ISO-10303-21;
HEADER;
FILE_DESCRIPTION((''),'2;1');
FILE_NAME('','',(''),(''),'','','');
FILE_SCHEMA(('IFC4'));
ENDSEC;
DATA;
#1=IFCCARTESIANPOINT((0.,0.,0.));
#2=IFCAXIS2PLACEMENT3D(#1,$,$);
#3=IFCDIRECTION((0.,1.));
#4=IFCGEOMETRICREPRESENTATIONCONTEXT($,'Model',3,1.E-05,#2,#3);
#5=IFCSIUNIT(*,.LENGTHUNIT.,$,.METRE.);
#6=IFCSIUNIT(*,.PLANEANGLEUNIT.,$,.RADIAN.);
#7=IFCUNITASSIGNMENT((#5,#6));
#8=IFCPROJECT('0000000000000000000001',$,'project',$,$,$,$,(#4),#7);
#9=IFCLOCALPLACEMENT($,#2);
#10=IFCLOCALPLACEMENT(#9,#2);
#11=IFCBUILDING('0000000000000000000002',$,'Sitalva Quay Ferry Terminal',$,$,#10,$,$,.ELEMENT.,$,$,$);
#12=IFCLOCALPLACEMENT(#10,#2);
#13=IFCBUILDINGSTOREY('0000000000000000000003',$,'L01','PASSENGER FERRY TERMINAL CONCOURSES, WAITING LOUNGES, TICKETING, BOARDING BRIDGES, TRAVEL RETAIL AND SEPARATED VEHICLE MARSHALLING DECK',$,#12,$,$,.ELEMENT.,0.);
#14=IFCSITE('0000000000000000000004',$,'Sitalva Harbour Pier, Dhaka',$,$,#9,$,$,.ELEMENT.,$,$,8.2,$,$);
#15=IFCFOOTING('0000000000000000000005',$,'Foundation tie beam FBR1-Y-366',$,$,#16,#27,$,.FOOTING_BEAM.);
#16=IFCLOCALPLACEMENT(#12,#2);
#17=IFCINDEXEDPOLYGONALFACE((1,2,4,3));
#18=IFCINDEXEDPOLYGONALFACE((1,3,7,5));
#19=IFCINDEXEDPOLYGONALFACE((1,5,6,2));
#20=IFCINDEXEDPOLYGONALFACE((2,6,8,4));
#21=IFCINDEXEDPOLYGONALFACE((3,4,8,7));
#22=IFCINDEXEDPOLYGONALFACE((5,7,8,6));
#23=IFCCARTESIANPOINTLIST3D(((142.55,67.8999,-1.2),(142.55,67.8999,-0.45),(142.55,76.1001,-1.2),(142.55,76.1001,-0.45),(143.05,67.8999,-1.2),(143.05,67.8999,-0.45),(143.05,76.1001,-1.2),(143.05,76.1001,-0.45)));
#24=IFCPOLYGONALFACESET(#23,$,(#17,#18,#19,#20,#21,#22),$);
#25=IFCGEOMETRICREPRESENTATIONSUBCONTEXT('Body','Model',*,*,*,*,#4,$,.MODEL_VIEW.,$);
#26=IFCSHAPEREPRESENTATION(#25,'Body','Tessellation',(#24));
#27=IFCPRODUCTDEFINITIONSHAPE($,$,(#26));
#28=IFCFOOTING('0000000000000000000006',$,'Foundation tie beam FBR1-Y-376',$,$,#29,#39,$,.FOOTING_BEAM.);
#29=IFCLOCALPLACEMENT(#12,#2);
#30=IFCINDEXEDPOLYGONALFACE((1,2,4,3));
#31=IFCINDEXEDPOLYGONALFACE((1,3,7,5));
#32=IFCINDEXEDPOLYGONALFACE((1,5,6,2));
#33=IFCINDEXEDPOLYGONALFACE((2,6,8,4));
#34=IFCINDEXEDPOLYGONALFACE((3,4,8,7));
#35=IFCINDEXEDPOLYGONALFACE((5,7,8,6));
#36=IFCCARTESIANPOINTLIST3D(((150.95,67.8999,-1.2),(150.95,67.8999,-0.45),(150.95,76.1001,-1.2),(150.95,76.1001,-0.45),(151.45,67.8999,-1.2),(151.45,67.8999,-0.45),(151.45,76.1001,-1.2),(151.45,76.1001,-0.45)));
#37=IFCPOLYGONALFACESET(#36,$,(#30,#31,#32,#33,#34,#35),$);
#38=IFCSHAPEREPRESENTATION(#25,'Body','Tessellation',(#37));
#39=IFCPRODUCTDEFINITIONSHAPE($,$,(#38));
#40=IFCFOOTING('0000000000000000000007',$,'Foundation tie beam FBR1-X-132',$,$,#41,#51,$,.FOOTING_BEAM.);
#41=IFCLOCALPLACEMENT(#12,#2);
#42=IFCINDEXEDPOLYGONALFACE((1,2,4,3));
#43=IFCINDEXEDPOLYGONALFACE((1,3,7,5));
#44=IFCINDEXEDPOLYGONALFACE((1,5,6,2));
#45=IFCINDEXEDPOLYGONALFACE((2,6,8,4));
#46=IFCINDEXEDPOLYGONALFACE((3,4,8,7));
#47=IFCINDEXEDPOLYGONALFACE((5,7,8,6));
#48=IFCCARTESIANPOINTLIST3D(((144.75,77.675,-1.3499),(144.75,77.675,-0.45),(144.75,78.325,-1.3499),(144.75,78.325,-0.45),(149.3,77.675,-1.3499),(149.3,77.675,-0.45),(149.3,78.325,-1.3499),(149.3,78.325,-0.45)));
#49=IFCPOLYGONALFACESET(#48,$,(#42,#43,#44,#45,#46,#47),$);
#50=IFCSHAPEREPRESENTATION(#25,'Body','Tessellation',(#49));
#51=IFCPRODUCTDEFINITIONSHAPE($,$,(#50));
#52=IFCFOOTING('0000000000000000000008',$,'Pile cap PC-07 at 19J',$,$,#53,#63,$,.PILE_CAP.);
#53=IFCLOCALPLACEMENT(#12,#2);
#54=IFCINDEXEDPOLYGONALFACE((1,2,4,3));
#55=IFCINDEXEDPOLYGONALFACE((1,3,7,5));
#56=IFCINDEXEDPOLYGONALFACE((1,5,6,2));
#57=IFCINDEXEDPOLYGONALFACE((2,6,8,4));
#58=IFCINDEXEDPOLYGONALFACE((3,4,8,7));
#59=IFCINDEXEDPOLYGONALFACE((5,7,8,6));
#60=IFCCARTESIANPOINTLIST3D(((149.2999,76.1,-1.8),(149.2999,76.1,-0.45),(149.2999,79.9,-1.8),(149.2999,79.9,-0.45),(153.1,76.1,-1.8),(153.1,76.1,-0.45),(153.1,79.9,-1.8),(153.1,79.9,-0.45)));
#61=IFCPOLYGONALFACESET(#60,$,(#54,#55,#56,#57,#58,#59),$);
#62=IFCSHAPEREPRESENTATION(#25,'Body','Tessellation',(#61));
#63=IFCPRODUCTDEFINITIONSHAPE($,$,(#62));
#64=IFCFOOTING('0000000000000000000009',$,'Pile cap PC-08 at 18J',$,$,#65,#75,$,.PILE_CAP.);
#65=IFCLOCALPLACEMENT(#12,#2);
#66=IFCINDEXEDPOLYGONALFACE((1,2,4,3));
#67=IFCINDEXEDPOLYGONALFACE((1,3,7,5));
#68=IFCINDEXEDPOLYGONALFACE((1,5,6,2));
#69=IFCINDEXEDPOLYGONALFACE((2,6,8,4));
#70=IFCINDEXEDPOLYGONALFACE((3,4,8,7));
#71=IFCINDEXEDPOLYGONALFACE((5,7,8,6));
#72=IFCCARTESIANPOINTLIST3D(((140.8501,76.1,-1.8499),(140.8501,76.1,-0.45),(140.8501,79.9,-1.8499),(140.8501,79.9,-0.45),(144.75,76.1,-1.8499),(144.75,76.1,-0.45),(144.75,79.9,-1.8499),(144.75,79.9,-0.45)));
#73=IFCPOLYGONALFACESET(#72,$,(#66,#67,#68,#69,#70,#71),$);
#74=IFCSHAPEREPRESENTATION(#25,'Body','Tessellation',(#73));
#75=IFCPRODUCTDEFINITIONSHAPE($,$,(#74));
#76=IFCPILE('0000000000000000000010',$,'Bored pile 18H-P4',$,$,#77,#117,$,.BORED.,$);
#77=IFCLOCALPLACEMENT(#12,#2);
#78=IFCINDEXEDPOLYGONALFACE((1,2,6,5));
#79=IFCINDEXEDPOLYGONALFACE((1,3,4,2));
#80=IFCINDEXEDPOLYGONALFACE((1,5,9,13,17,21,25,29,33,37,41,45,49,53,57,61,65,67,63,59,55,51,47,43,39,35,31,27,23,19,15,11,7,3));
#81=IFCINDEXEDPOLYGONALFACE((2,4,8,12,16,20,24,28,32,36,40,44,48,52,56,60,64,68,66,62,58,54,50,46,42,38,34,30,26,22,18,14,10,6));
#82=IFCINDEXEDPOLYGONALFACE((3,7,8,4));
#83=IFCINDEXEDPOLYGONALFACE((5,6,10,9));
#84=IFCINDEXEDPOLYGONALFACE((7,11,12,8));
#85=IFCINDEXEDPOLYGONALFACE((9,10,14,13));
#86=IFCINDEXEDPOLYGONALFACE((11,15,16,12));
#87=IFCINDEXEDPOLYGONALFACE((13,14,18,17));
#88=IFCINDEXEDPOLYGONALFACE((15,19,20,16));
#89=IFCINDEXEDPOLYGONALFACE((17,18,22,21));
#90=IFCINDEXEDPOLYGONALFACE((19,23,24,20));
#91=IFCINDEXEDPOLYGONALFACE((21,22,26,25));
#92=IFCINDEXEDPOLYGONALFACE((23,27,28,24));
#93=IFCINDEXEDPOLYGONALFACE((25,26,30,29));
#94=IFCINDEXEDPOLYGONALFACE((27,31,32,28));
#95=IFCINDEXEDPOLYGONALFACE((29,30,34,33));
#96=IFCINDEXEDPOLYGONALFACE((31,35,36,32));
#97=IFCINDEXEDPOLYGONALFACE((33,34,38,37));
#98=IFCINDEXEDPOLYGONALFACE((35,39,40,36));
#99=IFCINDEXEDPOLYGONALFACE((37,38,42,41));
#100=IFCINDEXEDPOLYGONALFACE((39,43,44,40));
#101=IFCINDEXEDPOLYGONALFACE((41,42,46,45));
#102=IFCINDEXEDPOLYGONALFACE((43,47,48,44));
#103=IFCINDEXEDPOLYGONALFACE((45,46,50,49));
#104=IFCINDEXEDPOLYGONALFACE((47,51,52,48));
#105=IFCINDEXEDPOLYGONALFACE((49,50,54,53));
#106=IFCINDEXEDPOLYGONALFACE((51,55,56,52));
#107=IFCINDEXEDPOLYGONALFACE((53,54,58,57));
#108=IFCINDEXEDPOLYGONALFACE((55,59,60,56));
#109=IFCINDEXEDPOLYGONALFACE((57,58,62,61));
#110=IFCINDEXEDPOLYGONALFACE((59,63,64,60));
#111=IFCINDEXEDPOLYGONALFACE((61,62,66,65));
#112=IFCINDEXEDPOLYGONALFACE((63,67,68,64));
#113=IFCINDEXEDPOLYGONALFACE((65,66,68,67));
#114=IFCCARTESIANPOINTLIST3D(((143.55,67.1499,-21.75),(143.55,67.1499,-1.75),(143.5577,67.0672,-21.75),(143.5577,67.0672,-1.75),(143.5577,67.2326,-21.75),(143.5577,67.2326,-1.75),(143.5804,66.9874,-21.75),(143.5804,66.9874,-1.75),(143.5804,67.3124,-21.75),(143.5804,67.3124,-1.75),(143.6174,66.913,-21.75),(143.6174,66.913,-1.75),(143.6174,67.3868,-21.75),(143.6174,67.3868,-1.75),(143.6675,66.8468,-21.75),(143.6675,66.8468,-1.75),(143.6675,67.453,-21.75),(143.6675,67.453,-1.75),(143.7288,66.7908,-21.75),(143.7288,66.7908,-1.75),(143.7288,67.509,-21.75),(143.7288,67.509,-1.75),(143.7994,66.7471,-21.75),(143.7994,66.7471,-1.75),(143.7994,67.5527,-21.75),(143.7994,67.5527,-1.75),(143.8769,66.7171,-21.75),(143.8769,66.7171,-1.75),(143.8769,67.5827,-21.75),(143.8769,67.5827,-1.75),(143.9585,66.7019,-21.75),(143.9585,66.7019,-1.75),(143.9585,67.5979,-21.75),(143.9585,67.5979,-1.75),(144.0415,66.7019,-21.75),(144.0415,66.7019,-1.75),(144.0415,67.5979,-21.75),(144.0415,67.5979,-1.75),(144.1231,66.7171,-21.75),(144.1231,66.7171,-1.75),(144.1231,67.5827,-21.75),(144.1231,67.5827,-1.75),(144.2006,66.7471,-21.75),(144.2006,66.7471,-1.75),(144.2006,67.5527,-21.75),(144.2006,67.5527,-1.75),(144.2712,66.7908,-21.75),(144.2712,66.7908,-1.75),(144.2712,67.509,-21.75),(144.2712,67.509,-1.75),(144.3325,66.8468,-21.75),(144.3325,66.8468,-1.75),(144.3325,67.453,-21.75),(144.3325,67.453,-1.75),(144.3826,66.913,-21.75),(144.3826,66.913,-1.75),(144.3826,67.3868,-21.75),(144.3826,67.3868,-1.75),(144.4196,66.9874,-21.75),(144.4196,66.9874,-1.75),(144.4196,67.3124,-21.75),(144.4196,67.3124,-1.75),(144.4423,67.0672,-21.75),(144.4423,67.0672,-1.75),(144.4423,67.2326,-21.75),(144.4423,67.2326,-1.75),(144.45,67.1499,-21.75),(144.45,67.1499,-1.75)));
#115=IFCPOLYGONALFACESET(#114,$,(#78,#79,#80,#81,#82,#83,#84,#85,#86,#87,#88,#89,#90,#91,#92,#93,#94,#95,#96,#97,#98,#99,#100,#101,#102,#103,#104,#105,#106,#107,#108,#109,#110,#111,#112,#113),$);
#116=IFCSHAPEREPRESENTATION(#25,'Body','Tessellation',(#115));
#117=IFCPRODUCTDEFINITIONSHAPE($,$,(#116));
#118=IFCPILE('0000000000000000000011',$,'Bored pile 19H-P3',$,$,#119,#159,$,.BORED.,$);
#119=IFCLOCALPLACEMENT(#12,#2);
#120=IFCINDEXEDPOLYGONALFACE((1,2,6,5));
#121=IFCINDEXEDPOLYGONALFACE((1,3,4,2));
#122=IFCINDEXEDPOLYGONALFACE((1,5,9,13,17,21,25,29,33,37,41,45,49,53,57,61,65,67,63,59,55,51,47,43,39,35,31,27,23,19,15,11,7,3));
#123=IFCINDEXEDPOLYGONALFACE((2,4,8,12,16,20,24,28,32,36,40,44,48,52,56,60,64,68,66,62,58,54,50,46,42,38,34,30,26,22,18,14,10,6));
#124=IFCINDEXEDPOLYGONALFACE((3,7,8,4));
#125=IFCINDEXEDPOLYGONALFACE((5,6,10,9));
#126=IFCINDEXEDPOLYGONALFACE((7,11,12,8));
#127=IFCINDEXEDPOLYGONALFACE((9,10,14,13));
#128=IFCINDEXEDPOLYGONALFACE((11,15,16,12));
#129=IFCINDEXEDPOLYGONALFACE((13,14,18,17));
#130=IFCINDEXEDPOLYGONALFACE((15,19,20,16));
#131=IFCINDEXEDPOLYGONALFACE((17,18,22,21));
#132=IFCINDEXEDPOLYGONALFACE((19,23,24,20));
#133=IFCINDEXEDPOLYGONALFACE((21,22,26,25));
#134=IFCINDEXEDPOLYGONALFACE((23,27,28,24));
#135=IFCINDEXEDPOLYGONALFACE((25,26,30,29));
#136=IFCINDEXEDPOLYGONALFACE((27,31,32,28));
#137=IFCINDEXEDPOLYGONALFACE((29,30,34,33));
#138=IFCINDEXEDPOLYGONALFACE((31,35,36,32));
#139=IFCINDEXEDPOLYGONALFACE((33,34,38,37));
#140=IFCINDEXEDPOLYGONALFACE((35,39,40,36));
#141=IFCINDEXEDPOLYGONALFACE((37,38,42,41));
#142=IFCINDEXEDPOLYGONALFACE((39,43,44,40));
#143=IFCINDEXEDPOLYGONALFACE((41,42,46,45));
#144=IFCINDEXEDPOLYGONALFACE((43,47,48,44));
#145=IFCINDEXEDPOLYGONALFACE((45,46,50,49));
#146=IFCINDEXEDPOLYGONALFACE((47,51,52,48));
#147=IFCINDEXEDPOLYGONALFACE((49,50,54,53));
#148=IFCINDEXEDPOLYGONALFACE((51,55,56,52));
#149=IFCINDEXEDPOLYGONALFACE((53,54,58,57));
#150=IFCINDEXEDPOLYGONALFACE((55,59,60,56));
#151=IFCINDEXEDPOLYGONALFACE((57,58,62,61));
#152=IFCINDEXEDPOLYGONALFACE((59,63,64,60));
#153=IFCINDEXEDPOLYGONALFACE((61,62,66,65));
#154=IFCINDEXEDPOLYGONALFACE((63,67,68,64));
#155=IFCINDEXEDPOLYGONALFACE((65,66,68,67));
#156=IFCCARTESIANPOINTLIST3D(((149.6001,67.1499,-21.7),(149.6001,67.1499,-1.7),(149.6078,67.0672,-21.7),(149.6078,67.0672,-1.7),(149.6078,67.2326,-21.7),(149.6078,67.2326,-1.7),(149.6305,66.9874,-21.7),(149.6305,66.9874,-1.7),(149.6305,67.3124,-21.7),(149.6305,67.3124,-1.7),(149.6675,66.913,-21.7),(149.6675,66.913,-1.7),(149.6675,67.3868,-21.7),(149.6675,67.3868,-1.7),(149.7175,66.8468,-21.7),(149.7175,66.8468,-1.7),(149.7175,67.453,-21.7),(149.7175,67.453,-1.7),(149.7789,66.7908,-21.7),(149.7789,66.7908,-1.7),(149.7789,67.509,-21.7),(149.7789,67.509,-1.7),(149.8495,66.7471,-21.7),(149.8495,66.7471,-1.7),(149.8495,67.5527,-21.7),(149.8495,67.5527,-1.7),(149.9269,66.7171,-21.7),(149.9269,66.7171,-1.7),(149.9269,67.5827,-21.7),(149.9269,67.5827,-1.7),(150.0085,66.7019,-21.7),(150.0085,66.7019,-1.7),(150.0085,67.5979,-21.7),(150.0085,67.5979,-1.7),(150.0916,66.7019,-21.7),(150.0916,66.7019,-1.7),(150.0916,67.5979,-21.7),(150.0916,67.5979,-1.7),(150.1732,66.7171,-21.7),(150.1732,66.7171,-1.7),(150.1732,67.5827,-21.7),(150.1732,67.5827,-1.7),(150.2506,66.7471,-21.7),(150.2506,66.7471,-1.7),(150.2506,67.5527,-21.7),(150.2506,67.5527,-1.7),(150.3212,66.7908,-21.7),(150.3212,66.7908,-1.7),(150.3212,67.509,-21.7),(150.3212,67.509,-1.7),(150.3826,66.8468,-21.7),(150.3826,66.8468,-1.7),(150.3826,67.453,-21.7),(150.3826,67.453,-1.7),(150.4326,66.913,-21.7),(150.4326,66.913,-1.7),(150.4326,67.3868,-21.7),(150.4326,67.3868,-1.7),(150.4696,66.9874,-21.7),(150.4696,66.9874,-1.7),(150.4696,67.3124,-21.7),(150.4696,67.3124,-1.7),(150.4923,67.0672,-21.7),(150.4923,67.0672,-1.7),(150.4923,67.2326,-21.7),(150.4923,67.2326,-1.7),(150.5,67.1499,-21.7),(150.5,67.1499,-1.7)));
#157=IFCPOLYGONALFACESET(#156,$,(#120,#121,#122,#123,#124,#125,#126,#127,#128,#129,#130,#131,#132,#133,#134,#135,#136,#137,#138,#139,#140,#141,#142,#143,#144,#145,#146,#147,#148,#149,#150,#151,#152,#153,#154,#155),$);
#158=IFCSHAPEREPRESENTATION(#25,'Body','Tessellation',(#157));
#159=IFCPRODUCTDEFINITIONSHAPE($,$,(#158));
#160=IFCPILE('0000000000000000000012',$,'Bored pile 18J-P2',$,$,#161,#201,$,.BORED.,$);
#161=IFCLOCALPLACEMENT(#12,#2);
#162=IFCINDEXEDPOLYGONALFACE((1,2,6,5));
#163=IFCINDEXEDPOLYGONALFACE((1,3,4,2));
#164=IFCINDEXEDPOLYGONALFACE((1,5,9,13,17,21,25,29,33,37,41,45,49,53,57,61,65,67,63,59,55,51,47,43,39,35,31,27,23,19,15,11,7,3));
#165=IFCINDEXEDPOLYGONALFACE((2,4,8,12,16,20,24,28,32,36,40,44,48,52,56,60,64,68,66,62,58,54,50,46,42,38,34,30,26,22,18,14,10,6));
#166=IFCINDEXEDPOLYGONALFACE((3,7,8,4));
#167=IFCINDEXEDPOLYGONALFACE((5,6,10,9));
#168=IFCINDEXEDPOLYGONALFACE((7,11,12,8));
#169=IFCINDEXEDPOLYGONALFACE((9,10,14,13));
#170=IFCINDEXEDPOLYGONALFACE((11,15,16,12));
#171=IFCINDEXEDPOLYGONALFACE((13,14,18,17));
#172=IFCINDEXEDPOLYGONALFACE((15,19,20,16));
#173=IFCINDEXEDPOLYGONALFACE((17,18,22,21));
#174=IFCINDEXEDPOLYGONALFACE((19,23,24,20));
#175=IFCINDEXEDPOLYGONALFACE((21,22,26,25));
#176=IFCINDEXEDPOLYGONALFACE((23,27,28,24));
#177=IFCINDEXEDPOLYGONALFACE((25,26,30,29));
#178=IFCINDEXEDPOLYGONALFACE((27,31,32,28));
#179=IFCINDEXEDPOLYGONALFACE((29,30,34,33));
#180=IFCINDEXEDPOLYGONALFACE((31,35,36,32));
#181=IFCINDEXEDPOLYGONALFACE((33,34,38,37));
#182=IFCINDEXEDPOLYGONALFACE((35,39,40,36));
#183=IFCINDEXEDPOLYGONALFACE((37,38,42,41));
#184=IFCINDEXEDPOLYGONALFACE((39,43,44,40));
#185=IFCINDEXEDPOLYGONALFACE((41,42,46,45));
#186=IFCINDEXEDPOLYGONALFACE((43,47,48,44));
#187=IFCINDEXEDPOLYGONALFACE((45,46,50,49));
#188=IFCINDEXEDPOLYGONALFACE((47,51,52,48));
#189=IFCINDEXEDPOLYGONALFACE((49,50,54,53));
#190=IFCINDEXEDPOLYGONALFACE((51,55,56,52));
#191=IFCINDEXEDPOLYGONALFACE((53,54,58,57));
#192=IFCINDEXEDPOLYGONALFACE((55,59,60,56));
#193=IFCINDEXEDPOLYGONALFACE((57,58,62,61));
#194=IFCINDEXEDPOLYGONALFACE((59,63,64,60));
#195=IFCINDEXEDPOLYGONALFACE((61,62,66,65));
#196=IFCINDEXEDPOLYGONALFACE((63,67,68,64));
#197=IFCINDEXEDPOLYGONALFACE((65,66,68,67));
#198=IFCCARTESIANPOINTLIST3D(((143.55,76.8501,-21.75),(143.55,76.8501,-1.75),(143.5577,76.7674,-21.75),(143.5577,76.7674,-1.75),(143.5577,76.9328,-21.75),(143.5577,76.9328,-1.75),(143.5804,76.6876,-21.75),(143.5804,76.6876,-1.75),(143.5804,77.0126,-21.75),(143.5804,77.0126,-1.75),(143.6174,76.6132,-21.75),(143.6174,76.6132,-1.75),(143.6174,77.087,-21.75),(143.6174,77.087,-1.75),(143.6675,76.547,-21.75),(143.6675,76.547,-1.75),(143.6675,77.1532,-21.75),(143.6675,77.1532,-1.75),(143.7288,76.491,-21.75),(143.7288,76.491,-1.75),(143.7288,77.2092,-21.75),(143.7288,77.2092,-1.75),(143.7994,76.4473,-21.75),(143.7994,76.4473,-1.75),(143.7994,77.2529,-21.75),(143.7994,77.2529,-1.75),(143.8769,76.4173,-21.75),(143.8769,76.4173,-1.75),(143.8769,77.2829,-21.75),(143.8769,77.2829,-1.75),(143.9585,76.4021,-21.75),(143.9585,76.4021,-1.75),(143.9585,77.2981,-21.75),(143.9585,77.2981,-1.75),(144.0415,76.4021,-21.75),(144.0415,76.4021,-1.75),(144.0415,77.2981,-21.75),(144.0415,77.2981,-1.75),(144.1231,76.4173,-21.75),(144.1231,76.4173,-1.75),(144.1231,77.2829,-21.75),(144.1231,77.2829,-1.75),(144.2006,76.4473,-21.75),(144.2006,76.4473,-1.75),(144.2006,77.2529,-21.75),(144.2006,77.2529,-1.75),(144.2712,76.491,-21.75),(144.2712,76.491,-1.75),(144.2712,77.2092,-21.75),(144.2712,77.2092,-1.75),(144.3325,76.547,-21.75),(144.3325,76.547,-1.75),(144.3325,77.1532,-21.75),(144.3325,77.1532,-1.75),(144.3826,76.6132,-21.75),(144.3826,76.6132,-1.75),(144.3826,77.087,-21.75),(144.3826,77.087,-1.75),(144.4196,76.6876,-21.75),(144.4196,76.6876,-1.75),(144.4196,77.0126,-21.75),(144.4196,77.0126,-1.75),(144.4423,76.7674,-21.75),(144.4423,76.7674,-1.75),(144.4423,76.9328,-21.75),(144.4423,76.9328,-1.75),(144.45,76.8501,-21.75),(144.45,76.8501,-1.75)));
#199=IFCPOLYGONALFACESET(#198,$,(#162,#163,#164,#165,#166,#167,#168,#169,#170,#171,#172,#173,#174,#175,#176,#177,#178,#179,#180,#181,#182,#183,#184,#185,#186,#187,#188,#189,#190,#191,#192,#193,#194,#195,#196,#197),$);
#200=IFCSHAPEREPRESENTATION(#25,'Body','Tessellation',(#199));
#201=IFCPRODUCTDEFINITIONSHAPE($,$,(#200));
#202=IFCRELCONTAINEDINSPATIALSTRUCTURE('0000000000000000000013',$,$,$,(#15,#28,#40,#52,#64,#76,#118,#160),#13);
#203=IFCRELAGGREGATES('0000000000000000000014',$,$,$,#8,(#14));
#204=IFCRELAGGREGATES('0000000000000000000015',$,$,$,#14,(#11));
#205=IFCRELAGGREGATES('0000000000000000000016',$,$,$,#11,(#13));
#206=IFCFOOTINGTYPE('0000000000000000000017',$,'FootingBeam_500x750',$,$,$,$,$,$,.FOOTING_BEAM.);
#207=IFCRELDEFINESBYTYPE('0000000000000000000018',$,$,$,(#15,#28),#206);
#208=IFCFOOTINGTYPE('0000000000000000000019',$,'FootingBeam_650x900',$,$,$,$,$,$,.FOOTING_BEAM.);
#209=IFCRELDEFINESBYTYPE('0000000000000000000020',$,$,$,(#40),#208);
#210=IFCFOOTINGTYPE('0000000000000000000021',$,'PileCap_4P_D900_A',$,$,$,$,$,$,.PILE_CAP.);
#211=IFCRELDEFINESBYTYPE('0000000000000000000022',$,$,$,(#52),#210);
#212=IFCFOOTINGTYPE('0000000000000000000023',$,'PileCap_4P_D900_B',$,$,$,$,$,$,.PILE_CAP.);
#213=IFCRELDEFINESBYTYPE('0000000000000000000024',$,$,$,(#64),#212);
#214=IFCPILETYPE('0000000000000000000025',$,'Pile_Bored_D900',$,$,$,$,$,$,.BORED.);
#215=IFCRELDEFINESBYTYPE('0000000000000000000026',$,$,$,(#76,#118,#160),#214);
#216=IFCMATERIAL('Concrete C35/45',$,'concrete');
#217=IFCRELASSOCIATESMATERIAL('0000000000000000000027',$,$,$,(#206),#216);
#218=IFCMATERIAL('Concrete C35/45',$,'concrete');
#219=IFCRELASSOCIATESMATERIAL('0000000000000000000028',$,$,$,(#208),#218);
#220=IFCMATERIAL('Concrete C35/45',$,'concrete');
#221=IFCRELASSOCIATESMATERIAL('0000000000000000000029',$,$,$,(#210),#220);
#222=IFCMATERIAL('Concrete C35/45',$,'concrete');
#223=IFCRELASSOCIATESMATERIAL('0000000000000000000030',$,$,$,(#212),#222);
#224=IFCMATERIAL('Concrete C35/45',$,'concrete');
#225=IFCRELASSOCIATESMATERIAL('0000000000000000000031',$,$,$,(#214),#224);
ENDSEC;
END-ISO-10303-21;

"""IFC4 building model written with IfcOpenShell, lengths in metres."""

from ifc_helpers import new_model, si_unit, direction, frame, origin, origin_2d, place, context, subcontext, project, spatial, rectangle, circle, extrude, material, material_profile, profile_set, type_object, element, save


model = new_model("IFC4")

# Units and contexts
model_context = context("Model", 3, precision=1e-05, world=origin(), true_north=direction((0.0, 1.0)))
body_context = subcontext(model_context, "Body", "Model", "MODEL_VIEW")
ifc_project = project(units=[si_unit("LENGTHUNIT", "METRE"), si_unit("PLANEANGLEUNIT", "RADIAN")], contexts=[model_context])

# Site, building, storey
site_placement = place(None, origin())
site = spatial("IfcSite", under=ifc_project, at=site_placement, Name="Sitalva Harbour Pier, Dhaka", CompositionType="ELEMENT", RefElevation=8.2)
building_placement = place(site_placement, origin())
building = spatial("IfcBuilding", under=site, at=building_placement, Name="Sitalva Quay Ferry Terminal", CompositionType="ELEMENT")
storey_placement = place(building_placement, origin())
storey = spatial("IfcBuildingStorey", under=building, at=storey_placement, Name="L01", Description="PASSENGER FERRY TERMINAL CONCOURSES, WAITING LOUNGES, TICKETING, BOARDING BRIDGES, TRAVEL RETAIL AND SEPARATED VEHICLE MARSHALLING DECK", CompositionType="ELEMENT", Elevation=0.0)

# Footings
ifc_material_1 = material(Name="Concrete C35/45", Category="concrete")
ifc_material_profile_1 = material_profile(ifc_material_1, rectangle(XDim=0.5, YDim=0.75, at=origin_2d()), Name="RC500x750")
ifc_profile_set_1 = profile_set([ifc_material_profile_1], Name="Concrete C35/45")
footing_type_1 = type_object("IfcFootingType", Name="FootingBeam_500x750", PredefinedType="FOOTING_BEAM", material=ifc_profile_set_1)
for number, where, z_axis, x_axis, name in (
    (1, (142.8, 67.8999, -0.825), (0.0, 1.0, 0.0), (-1.0, 0.0, 0.0), "Foundation tie beam FBR1-Y-366"),
    (2, (151.2, 67.8999, -0.825), (0.0, 1.0, 0.0), (-1.0, 0.0, 0.0), "Foundation tie beam FBR1-Y-376"),
):
    element("IfcFooting", number, at=place(storey_placement, frame(where, z_axis=z_axis, x_axis=x_axis)), inside=storey, type_object=footing_type_1, Name=name, PredefinedType="FOOTING_BEAM", context=body_context, shape_type="SweptSolid", body=[
        extrude(rectangle(XDim=0.5, YDim=0.75, at=origin_2d()), origin(), (0.0, 0.0, 1.0), 8.2002),
    ])
ifc_material_2 = material(Name="Concrete C35/45", Category="concrete")
ifc_material_profile_2 = material_profile(ifc_material_2, rectangle(XDim=0.6499, YDim=0.8999, at=origin_2d()), Name="RC650x900")
ifc_profile_set_2 = profile_set([ifc_material_profile_2], Name="Concrete C35/45")
footing_type_2 = type_object("IfcFootingType", Name="FootingBeam_650x900", PredefinedType="FOOTING_BEAM", material=ifc_profile_set_2)
footing_1_placement = place(storey_placement, frame((144.75, 78.0, -0.8999), z_axis=(1.0, 0.0, 0.0), x_axis=(0.0, 1.0, 0.0)))
element("IfcFooting", 3, at=footing_1_placement, inside=storey, type_object=footing_type_2, Name="Foundation tie beam FBR1-X-132", PredefinedType="FOOTING_BEAM", context=body_context, shape_type="SweptSolid", body=[
    extrude(rectangle(XDim=0.6499, YDim=0.8999, at=origin_2d()), origin(), (0.0, 0.0, 1.0), 4.55),
])
ifc_material_3 = material(Name="Concrete C35/45", Category="concrete")
footing_type_3 = type_object("IfcFootingType", Name="PileCap_4P_D900_A", PredefinedType="PILE_CAP", material=ifc_material_3)
footing_2_placement = place(storey_placement, frame((151.2, 78.0, -1.8), z_axis=(0.0, 0.0, 1.0), x_axis=(1.0, 0.0, 0.0)))
element("IfcFooting", 4, at=footing_2_placement, inside=storey, type_object=footing_type_3, Name="Pile cap PC-07 at 19J", PredefinedType="PILE_CAP", context=body_context, shape_type="SweptSolid", body=[
    extrude(rectangle(XDim=3.8, YDim=3.8, at=origin_2d()), origin(), (0.0, 0.0, 1.0), 1.3501),
])
ifc_material_4 = material(Name="Concrete C35/45", Category="concrete")
footing_type_4 = type_object("IfcFootingType", Name="PileCap_4P_D900_B", PredefinedType="PILE_CAP", material=ifc_material_4)
footing_3_placement = place(storey_placement, frame((142.8, 78.0, -1.8499), z_axis=(0.0, 0.0, 1.0), x_axis=(1.0, 0.0, 0.0)))
element("IfcFooting", 5, at=footing_3_placement, inside=storey, type_object=footing_type_4, Name="Pile cap PC-08 at 18J", PredefinedType="PILE_CAP", context=body_context, shape_type="SweptSolid", body=[
    extrude(rectangle(XDim=3.8999, YDim=3.8, at=origin_2d()), origin(), (0.0, 0.0, 1.0), 1.3999),
])

# Piles
ifc_material_5 = material(Name="Concrete C35/45", Category="concrete")
ifc_material_profile_3 = material_profile(ifc_material_5, circle(Radius=0.45, at=origin_2d()), Name="PILE-D900")
ifc_profile_set_3 = profile_set([ifc_material_profile_3], Name="Concrete C35/45")
pile_type = type_object("IfcPileType", Name="Pile_Bored_D900", PredefinedType="BORED", material=ifc_profile_set_3)
for number, where, z_axis, x_axis, name in (
    (6, (144.0, 67.1499, -1.75), (0.0, 0.0, -1.0), (1.0, 0.0, 0.0), "Bored pile 18H-P4"),
    (7, (150.05, 67.1499, -1.7), (0.0, 0.0, -1.0), (1.0, 0.0, 0.0), "Bored pile 19H-P3"),
    (8, (144.0, 76.8501, -1.75), (0.0, 0.0, -1.0), (1.0, 0.0, 0.0), "Bored pile 18J-P2"),
):
    element("IfcPile", number, at=place(storey_placement, frame(where, z_axis=z_axis, x_axis=x_axis)), inside=storey, type_object=pile_type, Name=name, PredefinedType="BORED", context=body_context, shape_type="SweptSolid", body=[
        extrude(circle(Radius=0.45, at=origin_2d()), origin(), (0.0, 0.0, 1.0), 20.0),
    ])

save(model, "model.ifc")
